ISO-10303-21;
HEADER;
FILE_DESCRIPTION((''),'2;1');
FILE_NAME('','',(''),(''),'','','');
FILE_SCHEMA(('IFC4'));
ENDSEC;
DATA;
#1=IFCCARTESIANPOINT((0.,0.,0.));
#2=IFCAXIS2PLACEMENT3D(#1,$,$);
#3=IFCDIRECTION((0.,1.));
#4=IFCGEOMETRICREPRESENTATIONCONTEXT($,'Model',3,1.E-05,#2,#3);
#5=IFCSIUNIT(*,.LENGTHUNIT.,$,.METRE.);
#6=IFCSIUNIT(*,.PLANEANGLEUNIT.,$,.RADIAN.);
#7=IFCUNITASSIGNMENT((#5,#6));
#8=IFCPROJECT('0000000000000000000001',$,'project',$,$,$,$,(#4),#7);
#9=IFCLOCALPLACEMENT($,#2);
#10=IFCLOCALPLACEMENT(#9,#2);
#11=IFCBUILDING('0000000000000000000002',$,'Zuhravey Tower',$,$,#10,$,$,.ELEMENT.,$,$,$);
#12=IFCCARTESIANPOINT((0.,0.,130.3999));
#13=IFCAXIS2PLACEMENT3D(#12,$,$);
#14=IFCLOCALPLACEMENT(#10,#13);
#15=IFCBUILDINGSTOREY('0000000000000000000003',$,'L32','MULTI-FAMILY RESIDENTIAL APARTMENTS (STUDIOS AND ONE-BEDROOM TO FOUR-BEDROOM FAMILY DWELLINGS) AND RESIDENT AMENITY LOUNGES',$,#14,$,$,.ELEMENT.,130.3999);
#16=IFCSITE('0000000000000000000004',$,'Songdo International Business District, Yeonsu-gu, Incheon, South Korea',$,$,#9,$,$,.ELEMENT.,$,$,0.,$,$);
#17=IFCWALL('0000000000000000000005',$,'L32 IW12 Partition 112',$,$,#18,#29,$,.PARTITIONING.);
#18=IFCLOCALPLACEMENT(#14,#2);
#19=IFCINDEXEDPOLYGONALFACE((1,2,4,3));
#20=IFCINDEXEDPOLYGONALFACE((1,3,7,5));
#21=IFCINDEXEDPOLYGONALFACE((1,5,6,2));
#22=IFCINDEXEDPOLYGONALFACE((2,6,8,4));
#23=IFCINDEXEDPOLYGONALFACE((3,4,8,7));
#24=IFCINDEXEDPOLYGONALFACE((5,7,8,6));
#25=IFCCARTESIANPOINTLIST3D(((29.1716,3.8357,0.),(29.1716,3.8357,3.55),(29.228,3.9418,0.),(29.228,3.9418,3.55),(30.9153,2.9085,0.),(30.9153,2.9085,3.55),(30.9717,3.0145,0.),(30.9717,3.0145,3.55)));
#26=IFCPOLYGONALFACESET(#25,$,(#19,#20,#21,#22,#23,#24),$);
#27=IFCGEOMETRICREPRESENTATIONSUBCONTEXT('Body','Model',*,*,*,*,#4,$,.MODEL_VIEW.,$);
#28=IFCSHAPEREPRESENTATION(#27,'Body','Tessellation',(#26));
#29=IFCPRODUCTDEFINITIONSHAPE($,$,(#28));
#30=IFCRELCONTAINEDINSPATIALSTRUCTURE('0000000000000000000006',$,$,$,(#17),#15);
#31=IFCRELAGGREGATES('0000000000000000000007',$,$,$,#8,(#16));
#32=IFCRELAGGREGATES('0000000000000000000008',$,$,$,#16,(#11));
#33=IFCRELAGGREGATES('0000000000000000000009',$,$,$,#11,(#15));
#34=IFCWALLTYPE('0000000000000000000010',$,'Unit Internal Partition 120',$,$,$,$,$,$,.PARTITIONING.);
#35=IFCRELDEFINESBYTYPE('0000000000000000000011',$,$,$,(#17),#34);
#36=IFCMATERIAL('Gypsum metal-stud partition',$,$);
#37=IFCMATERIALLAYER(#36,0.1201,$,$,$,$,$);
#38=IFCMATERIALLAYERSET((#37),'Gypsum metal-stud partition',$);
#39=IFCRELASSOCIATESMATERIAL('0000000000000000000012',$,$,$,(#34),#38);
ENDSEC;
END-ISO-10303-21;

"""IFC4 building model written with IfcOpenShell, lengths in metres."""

from ifc_helpers import new_model, si_unit, direction, frame, frame_2d, origin, place, context, subcontext, project, spatial, rectangle, extrude, material, layer, layer_set, type_object, element, save


model = new_model("IFC4")

# Units and contexts
model_context = context("Model", 3, precision=1e-05, world=origin(), true_north=direction((0.0, 1.0)))
body_context = subcontext(model_context, "Body", "Model", "MODEL_VIEW")
ifc_project = project(units=[si_unit("LENGTHUNIT", "METRE"), si_unit("PLANEANGLEUNIT", "RADIAN")], contexts=[model_context])

# Site, building, storey
site_placement = place(None, origin())
site = spatial("IfcSite", under=ifc_project, at=site_placement, Name="Songdo International Business District, Yeonsu-gu, Incheon, South Korea", CompositionType="ELEMENT", RefElevation=0.0)
building_placement = place(site_placement, origin())
building = spatial("IfcBuilding", under=site, at=building_placement, Name="Zuhravey Tower", CompositionType="ELEMENT")
storey_placement = place(building_placement, frame((0.0, 0.0, 130.3999)))
storey = spatial("IfcBuildingStorey", under=building, at=storey_placement, Name="L32", Description="MULTI-FAMILY RESIDENTIAL APARTMENTS (STUDIOS AND ONE-BEDROOM TO FOUR-BEDROOM FAMILY DWELLINGS) AND RESIDENT AMENITY LOUNGES", CompositionType="ELEMENT", Elevation=130.3999)

# Shared definitions
ifc_material_1 = material(Name="Gypsum metal-stud partition")
ifc_layer_1 = layer(ifc_material_1, 0.1201)
ifc_layer_set_1 = layer_set([ifc_layer_1], Name="Gypsum metal-stud partition")
wall_type_1 = type_object("IfcWallType", Name="Unit Internal Partition 120", PredefinedType="PARTITIONING", material=ifc_layer_set_1)

# Wall
wall_1_placement = place(storey_placement, frame((29.2, 3.8887, 0.0), z_axis=(0.0, 0.0, 1.0), x_axis=(0.88292, -0.469523, 0.0)))
element("IfcWall", 1, at=wall_1_placement, inside=storey, type_object=wall_type_1, Name="L32 IW12 Partition 112", PredefinedType="PARTITIONING", context=body_context, shape_type="SweptSolid", body=[
    extrude(rectangle(XDim=1.9749, YDim=0.1201, at=frame_2d((0.9873, 0.0))), origin(), (0.0, 0.0, 1.0), 3.55),
])

save(model, "model.ifc")
